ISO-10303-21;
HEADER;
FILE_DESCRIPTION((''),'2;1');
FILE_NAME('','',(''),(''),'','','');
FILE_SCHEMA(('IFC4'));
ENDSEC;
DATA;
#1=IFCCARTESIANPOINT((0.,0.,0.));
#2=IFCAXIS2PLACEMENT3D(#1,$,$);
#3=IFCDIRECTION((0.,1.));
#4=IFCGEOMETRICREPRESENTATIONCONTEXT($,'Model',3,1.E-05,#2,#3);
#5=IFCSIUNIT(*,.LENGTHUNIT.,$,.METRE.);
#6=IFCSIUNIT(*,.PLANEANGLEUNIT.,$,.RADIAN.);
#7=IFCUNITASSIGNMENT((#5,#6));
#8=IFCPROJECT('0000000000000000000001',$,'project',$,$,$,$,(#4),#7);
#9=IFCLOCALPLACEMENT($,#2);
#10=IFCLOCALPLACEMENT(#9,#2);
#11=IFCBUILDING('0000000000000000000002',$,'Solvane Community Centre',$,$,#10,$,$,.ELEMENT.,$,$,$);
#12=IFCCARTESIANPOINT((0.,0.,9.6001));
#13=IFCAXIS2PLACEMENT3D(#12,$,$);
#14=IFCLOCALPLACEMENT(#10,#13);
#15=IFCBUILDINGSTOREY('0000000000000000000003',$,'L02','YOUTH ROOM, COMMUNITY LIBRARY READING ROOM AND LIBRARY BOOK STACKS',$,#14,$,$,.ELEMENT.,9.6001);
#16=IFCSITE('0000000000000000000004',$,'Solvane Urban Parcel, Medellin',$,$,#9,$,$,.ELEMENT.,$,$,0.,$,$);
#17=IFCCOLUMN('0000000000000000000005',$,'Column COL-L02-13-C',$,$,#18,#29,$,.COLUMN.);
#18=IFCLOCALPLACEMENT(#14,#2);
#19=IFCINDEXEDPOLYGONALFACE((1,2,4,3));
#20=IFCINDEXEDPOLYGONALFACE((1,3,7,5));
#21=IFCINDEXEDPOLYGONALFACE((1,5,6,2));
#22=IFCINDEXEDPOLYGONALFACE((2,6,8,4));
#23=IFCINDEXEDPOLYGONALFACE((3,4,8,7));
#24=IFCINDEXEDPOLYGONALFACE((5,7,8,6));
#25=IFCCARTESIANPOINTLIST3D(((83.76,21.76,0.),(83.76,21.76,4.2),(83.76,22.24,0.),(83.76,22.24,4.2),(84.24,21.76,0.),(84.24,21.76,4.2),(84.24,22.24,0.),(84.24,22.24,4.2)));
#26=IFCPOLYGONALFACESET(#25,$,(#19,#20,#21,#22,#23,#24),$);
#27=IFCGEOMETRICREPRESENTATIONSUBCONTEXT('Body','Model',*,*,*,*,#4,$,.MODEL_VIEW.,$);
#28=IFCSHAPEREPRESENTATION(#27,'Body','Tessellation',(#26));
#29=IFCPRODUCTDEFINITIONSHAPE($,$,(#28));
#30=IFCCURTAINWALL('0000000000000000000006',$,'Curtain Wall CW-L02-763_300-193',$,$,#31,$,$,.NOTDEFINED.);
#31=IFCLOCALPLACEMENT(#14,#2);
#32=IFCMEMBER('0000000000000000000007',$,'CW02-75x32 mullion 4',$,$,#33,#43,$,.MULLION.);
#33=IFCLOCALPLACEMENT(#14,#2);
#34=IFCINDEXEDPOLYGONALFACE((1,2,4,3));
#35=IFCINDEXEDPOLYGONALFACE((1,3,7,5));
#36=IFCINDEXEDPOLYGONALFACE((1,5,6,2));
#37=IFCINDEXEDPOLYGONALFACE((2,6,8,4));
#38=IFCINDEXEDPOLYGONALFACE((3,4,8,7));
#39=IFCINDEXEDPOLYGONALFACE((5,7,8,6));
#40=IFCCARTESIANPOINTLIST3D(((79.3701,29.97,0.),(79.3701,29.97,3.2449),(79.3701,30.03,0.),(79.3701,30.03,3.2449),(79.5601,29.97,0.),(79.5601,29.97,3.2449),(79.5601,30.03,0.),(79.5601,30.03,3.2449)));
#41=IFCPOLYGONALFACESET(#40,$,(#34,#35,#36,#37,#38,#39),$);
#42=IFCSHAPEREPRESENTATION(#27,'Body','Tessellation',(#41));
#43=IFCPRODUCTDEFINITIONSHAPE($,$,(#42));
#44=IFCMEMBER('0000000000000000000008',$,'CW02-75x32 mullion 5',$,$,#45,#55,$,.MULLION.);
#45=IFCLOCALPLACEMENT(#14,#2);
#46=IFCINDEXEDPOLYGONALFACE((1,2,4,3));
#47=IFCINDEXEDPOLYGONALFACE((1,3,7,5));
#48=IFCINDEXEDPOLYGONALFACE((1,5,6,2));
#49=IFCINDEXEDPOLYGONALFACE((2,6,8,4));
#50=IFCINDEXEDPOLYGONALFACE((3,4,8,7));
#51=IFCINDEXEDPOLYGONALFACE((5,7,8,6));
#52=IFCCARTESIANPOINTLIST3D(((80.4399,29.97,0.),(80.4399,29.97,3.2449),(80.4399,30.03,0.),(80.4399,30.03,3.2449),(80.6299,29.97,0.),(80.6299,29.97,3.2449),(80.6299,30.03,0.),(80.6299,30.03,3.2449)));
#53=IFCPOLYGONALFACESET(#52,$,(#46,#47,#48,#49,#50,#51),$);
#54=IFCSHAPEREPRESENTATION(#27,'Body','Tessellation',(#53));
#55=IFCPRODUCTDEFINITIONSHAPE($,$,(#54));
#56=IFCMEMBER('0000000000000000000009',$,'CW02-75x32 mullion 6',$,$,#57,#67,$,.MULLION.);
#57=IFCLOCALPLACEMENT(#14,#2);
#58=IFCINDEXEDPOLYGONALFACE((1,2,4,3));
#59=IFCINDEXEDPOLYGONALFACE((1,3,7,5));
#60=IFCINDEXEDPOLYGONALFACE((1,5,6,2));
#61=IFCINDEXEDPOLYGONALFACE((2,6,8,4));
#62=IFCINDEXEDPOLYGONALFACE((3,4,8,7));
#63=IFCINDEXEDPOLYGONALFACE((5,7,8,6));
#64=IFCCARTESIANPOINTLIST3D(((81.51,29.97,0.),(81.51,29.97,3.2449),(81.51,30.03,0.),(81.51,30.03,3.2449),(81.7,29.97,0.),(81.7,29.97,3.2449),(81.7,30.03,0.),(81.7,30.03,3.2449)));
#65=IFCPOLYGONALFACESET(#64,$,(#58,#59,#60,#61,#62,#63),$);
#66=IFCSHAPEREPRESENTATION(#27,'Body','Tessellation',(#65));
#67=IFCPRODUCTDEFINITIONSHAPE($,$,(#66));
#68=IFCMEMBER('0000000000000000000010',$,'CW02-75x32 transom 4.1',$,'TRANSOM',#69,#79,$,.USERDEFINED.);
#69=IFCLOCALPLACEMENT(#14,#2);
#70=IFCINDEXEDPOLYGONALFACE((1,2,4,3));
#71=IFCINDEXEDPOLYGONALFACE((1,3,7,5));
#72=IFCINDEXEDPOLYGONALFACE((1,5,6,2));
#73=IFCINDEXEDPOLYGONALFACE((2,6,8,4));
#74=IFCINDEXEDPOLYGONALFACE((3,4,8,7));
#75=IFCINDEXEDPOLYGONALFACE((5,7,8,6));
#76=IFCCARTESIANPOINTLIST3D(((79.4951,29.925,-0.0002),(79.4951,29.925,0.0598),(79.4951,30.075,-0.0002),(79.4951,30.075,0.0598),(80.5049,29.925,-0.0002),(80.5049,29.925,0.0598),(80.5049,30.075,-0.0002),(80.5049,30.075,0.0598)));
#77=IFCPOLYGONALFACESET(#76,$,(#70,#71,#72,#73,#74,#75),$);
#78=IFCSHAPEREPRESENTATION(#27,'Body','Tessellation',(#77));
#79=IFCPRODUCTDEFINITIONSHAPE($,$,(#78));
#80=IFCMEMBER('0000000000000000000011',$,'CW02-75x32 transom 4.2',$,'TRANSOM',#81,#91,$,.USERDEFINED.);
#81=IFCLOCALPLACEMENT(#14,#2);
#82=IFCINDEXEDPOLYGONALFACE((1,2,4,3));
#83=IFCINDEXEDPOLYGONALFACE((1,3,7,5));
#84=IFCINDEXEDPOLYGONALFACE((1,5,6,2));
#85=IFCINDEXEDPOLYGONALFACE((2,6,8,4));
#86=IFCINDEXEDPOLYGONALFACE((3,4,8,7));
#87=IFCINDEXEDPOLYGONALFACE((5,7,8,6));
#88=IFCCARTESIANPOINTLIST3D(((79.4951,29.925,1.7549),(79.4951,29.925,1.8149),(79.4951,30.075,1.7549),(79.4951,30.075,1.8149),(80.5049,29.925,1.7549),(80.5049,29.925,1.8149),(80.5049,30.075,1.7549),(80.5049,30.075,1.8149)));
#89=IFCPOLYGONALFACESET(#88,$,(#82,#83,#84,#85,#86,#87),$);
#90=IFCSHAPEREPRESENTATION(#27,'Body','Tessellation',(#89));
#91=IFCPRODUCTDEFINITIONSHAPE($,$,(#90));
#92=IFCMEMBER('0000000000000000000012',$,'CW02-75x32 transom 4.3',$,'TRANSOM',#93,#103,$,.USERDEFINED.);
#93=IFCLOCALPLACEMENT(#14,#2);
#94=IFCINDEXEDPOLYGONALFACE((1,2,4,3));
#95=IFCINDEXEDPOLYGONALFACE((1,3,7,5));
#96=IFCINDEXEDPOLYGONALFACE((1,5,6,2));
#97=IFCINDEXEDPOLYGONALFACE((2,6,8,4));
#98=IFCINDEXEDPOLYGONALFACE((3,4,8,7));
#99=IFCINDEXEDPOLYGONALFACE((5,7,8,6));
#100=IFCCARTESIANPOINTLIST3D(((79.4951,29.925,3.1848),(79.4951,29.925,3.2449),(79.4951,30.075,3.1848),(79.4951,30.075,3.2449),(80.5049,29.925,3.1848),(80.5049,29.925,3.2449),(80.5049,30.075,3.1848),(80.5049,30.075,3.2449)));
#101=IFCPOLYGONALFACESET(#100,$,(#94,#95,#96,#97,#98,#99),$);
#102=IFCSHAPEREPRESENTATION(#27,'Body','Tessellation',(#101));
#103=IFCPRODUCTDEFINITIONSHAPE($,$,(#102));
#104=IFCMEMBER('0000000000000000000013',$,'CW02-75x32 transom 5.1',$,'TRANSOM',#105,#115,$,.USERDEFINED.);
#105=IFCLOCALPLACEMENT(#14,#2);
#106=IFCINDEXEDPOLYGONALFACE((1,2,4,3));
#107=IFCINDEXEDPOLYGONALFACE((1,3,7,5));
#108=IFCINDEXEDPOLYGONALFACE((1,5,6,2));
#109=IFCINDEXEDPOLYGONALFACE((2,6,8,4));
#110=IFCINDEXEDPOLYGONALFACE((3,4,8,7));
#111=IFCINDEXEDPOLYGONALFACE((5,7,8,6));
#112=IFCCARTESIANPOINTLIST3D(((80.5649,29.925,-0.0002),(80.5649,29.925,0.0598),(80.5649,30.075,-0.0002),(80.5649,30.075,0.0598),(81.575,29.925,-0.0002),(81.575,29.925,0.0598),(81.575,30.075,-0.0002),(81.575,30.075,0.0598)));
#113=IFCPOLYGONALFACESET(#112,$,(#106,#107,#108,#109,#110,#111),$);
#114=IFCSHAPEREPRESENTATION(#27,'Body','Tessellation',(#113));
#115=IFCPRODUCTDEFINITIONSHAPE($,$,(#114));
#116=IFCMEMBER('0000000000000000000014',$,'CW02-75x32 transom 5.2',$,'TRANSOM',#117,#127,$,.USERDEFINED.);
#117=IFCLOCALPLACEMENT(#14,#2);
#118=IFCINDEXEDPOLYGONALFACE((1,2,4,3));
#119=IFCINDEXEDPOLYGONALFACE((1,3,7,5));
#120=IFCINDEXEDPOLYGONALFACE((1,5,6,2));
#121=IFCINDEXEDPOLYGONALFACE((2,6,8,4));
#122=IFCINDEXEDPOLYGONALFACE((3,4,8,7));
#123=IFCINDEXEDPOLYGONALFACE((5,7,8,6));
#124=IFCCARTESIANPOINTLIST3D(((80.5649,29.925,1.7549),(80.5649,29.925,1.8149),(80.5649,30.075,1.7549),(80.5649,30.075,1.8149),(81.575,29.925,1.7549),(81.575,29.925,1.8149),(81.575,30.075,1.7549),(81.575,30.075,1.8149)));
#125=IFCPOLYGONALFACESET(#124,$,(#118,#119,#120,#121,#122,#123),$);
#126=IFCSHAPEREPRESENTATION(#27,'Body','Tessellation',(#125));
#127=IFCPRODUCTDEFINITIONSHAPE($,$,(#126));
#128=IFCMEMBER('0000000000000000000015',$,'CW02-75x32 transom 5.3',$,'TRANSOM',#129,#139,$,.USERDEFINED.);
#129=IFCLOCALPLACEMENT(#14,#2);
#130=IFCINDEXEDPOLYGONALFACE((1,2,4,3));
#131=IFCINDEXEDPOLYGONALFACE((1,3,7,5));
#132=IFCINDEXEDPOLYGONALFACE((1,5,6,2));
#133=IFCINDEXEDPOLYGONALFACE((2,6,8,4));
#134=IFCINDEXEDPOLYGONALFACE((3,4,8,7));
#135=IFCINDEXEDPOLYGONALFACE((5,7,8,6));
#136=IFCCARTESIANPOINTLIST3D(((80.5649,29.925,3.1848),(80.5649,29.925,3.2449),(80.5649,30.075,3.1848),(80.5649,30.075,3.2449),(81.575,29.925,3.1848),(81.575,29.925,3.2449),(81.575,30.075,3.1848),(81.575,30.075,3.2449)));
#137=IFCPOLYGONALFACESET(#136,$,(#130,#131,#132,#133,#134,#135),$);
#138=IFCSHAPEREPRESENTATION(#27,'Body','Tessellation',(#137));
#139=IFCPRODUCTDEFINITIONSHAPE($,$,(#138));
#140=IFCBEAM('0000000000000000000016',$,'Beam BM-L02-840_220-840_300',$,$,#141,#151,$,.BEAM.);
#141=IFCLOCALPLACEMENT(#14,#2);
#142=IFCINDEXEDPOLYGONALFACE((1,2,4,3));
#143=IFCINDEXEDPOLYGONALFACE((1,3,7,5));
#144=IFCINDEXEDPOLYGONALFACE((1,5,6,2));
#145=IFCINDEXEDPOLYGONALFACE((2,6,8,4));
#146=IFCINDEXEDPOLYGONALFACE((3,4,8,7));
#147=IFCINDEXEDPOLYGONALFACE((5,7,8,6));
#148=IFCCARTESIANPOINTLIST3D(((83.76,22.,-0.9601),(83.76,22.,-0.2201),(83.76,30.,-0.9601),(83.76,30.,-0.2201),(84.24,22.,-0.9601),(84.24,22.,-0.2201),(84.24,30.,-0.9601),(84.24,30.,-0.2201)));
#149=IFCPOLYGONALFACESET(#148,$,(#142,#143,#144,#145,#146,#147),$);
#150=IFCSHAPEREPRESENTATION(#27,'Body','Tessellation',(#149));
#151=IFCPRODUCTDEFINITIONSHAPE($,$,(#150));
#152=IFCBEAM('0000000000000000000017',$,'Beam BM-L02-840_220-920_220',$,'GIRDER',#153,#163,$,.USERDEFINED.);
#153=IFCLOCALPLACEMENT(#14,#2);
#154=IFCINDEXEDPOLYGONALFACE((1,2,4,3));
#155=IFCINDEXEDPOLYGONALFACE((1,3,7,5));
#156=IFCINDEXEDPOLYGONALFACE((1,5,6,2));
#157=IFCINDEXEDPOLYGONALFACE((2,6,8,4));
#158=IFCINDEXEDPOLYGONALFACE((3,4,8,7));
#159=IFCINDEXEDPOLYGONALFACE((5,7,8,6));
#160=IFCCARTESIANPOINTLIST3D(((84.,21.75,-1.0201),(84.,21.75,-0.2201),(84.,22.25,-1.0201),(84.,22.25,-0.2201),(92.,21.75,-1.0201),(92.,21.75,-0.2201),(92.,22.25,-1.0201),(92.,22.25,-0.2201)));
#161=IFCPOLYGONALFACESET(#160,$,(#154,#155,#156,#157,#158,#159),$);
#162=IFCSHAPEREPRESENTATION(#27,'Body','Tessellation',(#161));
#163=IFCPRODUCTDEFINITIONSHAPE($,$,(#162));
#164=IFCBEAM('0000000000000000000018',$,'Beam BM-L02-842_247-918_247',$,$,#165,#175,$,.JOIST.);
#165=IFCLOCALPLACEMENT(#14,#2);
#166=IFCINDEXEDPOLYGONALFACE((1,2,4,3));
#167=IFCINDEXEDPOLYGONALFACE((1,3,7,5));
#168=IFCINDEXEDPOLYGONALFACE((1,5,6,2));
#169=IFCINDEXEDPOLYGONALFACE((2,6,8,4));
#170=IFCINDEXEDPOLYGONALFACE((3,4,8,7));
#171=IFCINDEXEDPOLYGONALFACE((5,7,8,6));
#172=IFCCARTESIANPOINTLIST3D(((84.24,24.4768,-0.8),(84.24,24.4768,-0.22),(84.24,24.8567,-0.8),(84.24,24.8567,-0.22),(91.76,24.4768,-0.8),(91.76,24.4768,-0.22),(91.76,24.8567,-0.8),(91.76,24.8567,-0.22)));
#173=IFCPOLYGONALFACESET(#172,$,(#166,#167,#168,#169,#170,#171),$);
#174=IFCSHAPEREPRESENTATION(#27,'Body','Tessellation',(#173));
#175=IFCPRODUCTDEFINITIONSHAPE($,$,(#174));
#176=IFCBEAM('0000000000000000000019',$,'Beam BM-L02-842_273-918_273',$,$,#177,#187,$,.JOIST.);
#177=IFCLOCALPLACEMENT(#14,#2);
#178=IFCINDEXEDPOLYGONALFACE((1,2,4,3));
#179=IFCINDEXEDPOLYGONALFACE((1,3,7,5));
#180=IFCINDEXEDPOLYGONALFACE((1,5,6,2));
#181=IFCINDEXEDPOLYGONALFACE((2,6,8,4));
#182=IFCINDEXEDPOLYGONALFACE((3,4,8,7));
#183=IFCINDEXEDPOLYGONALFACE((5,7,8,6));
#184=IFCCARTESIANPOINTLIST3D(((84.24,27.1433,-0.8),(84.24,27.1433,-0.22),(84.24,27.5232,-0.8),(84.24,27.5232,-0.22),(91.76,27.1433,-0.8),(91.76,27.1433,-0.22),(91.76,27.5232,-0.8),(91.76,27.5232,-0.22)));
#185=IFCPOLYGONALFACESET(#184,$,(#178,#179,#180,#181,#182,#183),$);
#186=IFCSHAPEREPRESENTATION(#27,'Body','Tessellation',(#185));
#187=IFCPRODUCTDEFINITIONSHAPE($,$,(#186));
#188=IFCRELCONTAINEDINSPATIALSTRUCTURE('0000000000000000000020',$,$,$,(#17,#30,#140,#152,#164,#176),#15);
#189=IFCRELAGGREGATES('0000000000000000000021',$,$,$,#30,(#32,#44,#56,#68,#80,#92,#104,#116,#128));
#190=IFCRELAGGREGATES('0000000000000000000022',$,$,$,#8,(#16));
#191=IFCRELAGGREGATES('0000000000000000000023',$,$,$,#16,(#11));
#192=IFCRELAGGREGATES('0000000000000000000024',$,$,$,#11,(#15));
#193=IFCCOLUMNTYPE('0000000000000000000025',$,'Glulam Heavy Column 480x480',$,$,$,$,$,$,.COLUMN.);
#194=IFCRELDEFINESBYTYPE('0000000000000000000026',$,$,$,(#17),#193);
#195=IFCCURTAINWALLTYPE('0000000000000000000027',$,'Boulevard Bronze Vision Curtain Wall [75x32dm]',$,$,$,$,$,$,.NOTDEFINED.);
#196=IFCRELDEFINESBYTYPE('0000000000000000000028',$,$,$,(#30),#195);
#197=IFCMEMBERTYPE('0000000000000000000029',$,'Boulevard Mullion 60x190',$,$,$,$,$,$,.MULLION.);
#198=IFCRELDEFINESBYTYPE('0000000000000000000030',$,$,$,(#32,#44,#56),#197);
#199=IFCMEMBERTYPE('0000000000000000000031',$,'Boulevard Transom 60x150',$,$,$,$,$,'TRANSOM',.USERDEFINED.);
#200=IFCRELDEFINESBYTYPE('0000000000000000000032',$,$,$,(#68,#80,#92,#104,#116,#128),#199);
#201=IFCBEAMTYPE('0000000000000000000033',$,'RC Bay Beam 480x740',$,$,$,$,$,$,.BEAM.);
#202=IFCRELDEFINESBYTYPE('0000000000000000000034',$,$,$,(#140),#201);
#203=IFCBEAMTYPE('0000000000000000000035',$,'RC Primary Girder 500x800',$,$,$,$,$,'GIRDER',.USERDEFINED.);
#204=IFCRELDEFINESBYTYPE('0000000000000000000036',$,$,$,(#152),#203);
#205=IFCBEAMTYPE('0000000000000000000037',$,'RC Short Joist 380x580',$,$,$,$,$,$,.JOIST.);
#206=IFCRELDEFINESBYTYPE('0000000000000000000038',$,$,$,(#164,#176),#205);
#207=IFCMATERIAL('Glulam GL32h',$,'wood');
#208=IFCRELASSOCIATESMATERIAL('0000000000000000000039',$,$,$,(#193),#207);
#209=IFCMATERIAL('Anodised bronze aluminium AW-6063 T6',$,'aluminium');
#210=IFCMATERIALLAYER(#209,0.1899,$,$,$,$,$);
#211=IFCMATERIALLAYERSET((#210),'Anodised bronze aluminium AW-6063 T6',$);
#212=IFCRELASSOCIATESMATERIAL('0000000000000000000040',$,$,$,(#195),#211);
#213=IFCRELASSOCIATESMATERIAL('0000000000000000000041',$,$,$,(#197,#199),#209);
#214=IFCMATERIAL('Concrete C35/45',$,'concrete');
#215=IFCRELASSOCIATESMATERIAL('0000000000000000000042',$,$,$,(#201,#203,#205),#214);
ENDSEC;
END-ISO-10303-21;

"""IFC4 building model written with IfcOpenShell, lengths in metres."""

from ifc_helpers import new_model, si_unit, direction, frame, origin, origin_2d, place, context, subcontext, project, spatial, rectangle, extrude, material, layer, layer_set, material_profile, profile_set, type_object, element, aggregate, save


model = new_model("IFC4")

# Units and contexts
model_context = context("Model", 3, precision=1e-05, world=origin(), true_north=direction((0.0, 1.0)))
body_context = subcontext(model_context, "Body", "Model", "MODEL_VIEW")
ifc_project = project(units=[si_unit("LENGTHUNIT", "METRE"), si_unit("PLANEANGLEUNIT", "RADIAN")], contexts=[model_context])

# Site, building, storey
site_placement = place(None, origin())
site = spatial("IfcSite", under=ifc_project, at=site_placement, Name="Solvane Urban Parcel, Medellin", CompositionType="ELEMENT", RefElevation=0.0)
building_placement = place(site_placement, origin())
building = spatial("IfcBuilding", under=site, at=building_placement, Name="Solvane Community Centre", CompositionType="ELEMENT")
storey_placement = place(building_placement, frame((0.0, 0.0, 9.6001)))
storey = spatial("IfcBuildingStorey", under=building, at=storey_placement, Name="L02", Description="YOUTH ROOM, COMMUNITY LIBRARY READING ROOM AND LIBRARY BOOK STACKS", CompositionType="ELEMENT", Elevation=9.6001)

# Column
ifc_material_1 = material(Name="Glulam GL32h", Category="wood")
ifc_material_profile_1 = material_profile(ifc_material_1, rectangle(XDim=0.48, YDim=0.48, at=origin_2d()), Name="GL32h 480x480")
ifc_profile_set_1 = profile_set([ifc_material_profile_1], Name="Glulam GL32h")
column_type = type_object("IfcColumnType", Name="Glulam Heavy Column 480x480", PredefinedType="COLUMN", material=ifc_profile_set_1)
column_placement = place(storey_placement, frame((84.0, 22.0, 0.0), z_axis=(0.0, 0.0, 1.0), x_axis=(1.0, 0.0, 0.0)))
element("IfcColumn", 1, at=column_placement, inside=storey, type_object=column_type, Name="Column COL-L02-13-C", PredefinedType="COLUMN", context=body_context, shape_type="SweptSolid", body=[
    extrude(rectangle(XDim=0.48, YDim=0.48, at=origin_2d()), origin(), (0.0, 0.0, 1.0), 4.2),
])

# Curtain wall, members
ifc_material_2 = material(Name="Anodised bronze aluminium AW-6063 T6", Category="aluminium")
ifc_layer_1 = layer(ifc_material_2, 0.1899)
ifc_layer_set_1 = layer_set([ifc_layer_1], Name="Anodised bronze aluminium AW-6063 T6")
curtain_wall_type = type_object("IfcCurtainWallType", Name="Boulevard Bronze Vision Curtain Wall [75x32dm]", PredefinedType="NOTDEFINED", material=ifc_layer_set_1)
curtain_wall_placement = place(storey_placement, origin())
curtain_wall = element("IfcCurtainWall", 2, at=curtain_wall_placement, inside=storey, type_object=curtain_wall_type, Name="Curtain Wall CW-L02-763_300-193", PredefinedType="NOTDEFINED")
ifc_material_profile_2 = material_profile(ifc_material_2, rectangle(XDim=0.0601, YDim=0.1899, at=origin_2d()), Name="CW-M 60x190")
ifc_profile_set_2 = profile_set([ifc_material_profile_2], Name="Anodised bronze aluminium AW-6063 T6")
member_type_1 = type_object("IfcMemberType", Name="Boulevard Mullion 60x190", PredefinedType="MULLION", material=ifc_profile_set_2)
member_1_placement = place(storey_placement, frame((79.4651, 30.0, 0.0), z_axis=(0.0, 0.0, 1.0), x_axis=(0.0, 1.0, 0.0)))
member_1 = element("IfcMember", 3, at=member_1_placement, type_object=member_type_1, Name="CW02-75x32 mullion 4", PredefinedType="MULLION", context=body_context, shape_type="SweptSolid", body=[
    extrude(rectangle(XDim=0.0601, YDim=0.1899, at=origin_2d()), origin(), (0.0, 0.0, 1.0), 3.2449),
])
member_2_placement = place(storey_placement, frame((80.5349, 30.0, 0.0), z_axis=(0.0, 0.0, 1.0), x_axis=(0.0, 1.0, 0.0)))
member_2 = element("IfcMember", 4, at=member_2_placement, type_object=member_type_1, Name="CW02-75x32 mullion 5", PredefinedType="MULLION", context=body_context, shape_type="SweptSolid", body=[
    extrude(rectangle(XDim=0.0601, YDim=0.1899, at=origin_2d()), origin(), (0.0, 0.0, 1.0), 3.2449),
])
member_3_placement = place(storey_placement, frame((81.605, 30.0, 0.0), z_axis=(0.0, 0.0, 1.0), x_axis=(0.0, 1.0, 0.0)))
member_3 = element("IfcMember", 5, at=member_3_placement, type_object=member_type_1, Name="CW02-75x32 mullion 6", PredefinedType="MULLION", context=body_context, shape_type="SweptSolid", body=[
    extrude(rectangle(XDim=0.0601, YDim=0.1899, at=origin_2d()), origin(), (0.0, 0.0, 1.0), 3.2449),
])
ifc_material_profile_3 = material_profile(ifc_material_2, rectangle(XDim=0.1499, YDim=0.0601, at=origin_2d()), Name="CW-T 60x150")
ifc_profile_set_3 = profile_set([ifc_material_profile_3], Name="Anodised bronze aluminium AW-6063 T6")
member_type_2 = type_object("IfcMemberType", Name="Boulevard Transom 60x150", ElementType="TRANSOM", PredefinedType="USERDEFINED", material=ifc_profile_set_3)
member_4_placement = place(storey_placement, frame((79.4951, 30.0, 0.0298), z_axis=(1.0, 0.0, 0.0), x_axis=(0.0, 1.0, 0.0)))
member_4 = element("IfcMember", 6, at=member_4_placement, type_object=member_type_2, Name="CW02-75x32 transom 4.1", ObjectType="TRANSOM", PredefinedType="USERDEFINED", context=body_context, shape_type="SweptSolid", body=[
    extrude(rectangle(XDim=0.1499, YDim=0.0601, at=origin_2d()), origin(), (0.0, 0.0, 1.0), 1.0098),
])
member_5_placement = place(storey_placement, frame((79.4951, 30.0, 1.7849), z_axis=(1.0, 0.0, 0.0), x_axis=(0.0, 1.0, 0.0)))
member_5 = element("IfcMember", 7, at=member_5_placement, type_object=member_type_2, Name="CW02-75x32 transom 4.2", ObjectType="TRANSOM", PredefinedType="USERDEFINED", context=body_context, shape_type="SweptSolid", body=[
    extrude(rectangle(XDim=0.1499, YDim=0.0601, at=origin_2d()), origin(), (0.0, 0.0, 1.0), 1.0098),
])
member_6_placement = place(storey_placement, frame((79.4951, 30.0, 3.2148), z_axis=(1.0, 0.0, 0.0), x_axis=(0.0, 1.0, 0.0)))
member_6 = element("IfcMember", 8, at=member_6_placement, type_object=member_type_2, Name="CW02-75x32 transom 4.3", ObjectType="TRANSOM", PredefinedType="USERDEFINED", context=body_context, shape_type="SweptSolid", body=[
    extrude(rectangle(XDim=0.1499, YDim=0.0601, at=origin_2d()), origin(), (0.0, 0.0, 1.0), 1.0098),
])
member_7_placement = place(storey_placement, frame((80.5649, 30.0, 0.0298), z_axis=(1.0, 0.0, 0.0), x_axis=(0.0, 1.0, 0.0)))
member_7 = element("IfcMember", 9, at=member_7_placement, type_object=member_type_2, Name="CW02-75x32 transom 5.1", ObjectType="TRANSOM", PredefinedType="USERDEFINED", context=body_context, shape_type="SweptSolid", body=[
    extrude(rectangle(XDim=0.1499, YDim=0.0601, at=origin_2d()), origin(), (0.0, 0.0, 1.0), 1.01),
])
member_8_placement = place(storey_placement, frame((80.5649, 30.0, 1.7849), z_axis=(1.0, 0.0, 0.0), x_axis=(0.0, 1.0, 0.0)))
member_8 = element("IfcMember", 10, at=member_8_placement, type_object=member_type_2, Name="CW02-75x32 transom 5.2", ObjectType="TRANSOM", PredefinedType="USERDEFINED", context=body_context, shape_type="SweptSolid", body=[
    extrude(rectangle(XDim=0.1499, YDim=0.0601, at=origin_2d()), origin(), (0.0, 0.0, 1.0), 1.01),
])
member_9_placement = place(storey_placement, frame((80.5649, 30.0, 3.2148), z_axis=(1.0, 0.0, 0.0), x_axis=(0.0, 1.0, 0.0)))
member_9 = element("IfcMember", 11, at=member_9_placement, type_object=member_type_2, Name="CW02-75x32 transom 5.3", ObjectType="TRANSOM", PredefinedType="USERDEFINED", context=body_context, shape_type="SweptSolid", body=[
    extrude(rectangle(XDim=0.1499, YDim=0.0601, at=origin_2d()), origin(), (0.0, 0.0, 1.0), 1.01),
])

# Beams
ifc_material_3 = material(Name="Concrete C35/45", Category="concrete")
ifc_material_profile_4 = material_profile(ifc_material_3, rectangle(XDim=0.48, YDim=0.74, at=origin_2d()), Name="RC 480x740")
ifc_profile_set_4 = profile_set([ifc_material_profile_4], Name="Concrete C35/45")
beam_type_1 = type_object("IfcBeamType", Name="RC Bay Beam 480x740", PredefinedType="BEAM", material=ifc_profile_set_4)
beam_1_placement = place(storey_placement, frame((84.0, 22.0, -0.5901), z_axis=(0.0, 1.0, 0.0), x_axis=(-1.0, 0.0, 0.0)))
element("IfcBeam", 12, at=beam_1_placement, inside=storey, type_object=beam_type_1, Name="Beam BM-L02-840_220-840_300", PredefinedType="BEAM", context=body_context, shape_type="SweptSolid", body=[
    extrude(rectangle(XDim=0.48, YDim=0.74, at=origin_2d()), origin(), (0.0, 0.0, 1.0), 8.0),
])
ifc_material_profile_5 = material_profile(ifc_material_3, rectangle(XDim=0.5, YDim=0.8, at=origin_2d()), Name="RC 500x800")
ifc_profile_set_5 = profile_set([ifc_material_profile_5], Name="Concrete C35/45")
beam_type_2 = type_object("IfcBeamType", Name="RC Primary Girder 500x800", ElementType="GIRDER", PredefinedType="USERDEFINED", material=ifc_profile_set_5)
beam_2_placement = place(storey_placement, frame((84.0, 22.0, -0.6201), z_axis=(1.0, 0.0, 0.0), x_axis=(0.0, 1.0, 0.0)))
element("IfcBeam", 13, at=beam_2_placement, inside=storey, type_object=beam_type_2, Name="Beam BM-L02-840_220-920_220", ObjectType="GIRDER", PredefinedType="USERDEFINED", context=body_context, shape_type="SweptSolid", body=[
    extrude(rectangle(XDim=0.5, YDim=0.8, at=origin_2d()), origin(), (0.0, 0.0, 1.0), 8.0),
])
ifc_material_profile_6 = material_profile(ifc_material_3, rectangle(XDim=0.3799, YDim=0.5801, at=origin_2d()), Name="RC 380x580")
ifc_profile_set_6 = profile_set([ifc_material_profile_6], Name="Concrete C35/45")
beam_type_3 = type_object("IfcBeamType", Name="RC Short Joist 380x580", PredefinedType="JOIST", material=ifc_profile_set_6)
for number, where, z_axis, x_axis, name in (
    (14, (84.24, 24.6667, -0.51), (1.0, 0.0, 0.0), (0.0, 1.0, 0.0), "Beam BM-L02-842_247-918_247"),
    (15, (84.24, 27.3333, -0.51), (1.0, 0.0, 0.0), (0.0, 1.0, 0.0), "Beam BM-L02-842_273-918_273"),
):
    element("IfcBeam", number, at=place(storey_placement, frame(where, z_axis=z_axis, x_axis=x_axis)), inside=storey, type_object=beam_type_3, Name=name, PredefinedType="JOIST", context=body_context, shape_type="SweptSolid", body=[
        extrude(rectangle(XDim=0.3799, YDim=0.5801, at=origin_2d()), origin(), (0.0, 0.0, 1.0), 7.52),
    ])

aggregate(curtain_wall, [member_1, member_2, member_3, member_4, member_5, member_6, member_7, member_8, member_9])

save(model, "model.ifc")
